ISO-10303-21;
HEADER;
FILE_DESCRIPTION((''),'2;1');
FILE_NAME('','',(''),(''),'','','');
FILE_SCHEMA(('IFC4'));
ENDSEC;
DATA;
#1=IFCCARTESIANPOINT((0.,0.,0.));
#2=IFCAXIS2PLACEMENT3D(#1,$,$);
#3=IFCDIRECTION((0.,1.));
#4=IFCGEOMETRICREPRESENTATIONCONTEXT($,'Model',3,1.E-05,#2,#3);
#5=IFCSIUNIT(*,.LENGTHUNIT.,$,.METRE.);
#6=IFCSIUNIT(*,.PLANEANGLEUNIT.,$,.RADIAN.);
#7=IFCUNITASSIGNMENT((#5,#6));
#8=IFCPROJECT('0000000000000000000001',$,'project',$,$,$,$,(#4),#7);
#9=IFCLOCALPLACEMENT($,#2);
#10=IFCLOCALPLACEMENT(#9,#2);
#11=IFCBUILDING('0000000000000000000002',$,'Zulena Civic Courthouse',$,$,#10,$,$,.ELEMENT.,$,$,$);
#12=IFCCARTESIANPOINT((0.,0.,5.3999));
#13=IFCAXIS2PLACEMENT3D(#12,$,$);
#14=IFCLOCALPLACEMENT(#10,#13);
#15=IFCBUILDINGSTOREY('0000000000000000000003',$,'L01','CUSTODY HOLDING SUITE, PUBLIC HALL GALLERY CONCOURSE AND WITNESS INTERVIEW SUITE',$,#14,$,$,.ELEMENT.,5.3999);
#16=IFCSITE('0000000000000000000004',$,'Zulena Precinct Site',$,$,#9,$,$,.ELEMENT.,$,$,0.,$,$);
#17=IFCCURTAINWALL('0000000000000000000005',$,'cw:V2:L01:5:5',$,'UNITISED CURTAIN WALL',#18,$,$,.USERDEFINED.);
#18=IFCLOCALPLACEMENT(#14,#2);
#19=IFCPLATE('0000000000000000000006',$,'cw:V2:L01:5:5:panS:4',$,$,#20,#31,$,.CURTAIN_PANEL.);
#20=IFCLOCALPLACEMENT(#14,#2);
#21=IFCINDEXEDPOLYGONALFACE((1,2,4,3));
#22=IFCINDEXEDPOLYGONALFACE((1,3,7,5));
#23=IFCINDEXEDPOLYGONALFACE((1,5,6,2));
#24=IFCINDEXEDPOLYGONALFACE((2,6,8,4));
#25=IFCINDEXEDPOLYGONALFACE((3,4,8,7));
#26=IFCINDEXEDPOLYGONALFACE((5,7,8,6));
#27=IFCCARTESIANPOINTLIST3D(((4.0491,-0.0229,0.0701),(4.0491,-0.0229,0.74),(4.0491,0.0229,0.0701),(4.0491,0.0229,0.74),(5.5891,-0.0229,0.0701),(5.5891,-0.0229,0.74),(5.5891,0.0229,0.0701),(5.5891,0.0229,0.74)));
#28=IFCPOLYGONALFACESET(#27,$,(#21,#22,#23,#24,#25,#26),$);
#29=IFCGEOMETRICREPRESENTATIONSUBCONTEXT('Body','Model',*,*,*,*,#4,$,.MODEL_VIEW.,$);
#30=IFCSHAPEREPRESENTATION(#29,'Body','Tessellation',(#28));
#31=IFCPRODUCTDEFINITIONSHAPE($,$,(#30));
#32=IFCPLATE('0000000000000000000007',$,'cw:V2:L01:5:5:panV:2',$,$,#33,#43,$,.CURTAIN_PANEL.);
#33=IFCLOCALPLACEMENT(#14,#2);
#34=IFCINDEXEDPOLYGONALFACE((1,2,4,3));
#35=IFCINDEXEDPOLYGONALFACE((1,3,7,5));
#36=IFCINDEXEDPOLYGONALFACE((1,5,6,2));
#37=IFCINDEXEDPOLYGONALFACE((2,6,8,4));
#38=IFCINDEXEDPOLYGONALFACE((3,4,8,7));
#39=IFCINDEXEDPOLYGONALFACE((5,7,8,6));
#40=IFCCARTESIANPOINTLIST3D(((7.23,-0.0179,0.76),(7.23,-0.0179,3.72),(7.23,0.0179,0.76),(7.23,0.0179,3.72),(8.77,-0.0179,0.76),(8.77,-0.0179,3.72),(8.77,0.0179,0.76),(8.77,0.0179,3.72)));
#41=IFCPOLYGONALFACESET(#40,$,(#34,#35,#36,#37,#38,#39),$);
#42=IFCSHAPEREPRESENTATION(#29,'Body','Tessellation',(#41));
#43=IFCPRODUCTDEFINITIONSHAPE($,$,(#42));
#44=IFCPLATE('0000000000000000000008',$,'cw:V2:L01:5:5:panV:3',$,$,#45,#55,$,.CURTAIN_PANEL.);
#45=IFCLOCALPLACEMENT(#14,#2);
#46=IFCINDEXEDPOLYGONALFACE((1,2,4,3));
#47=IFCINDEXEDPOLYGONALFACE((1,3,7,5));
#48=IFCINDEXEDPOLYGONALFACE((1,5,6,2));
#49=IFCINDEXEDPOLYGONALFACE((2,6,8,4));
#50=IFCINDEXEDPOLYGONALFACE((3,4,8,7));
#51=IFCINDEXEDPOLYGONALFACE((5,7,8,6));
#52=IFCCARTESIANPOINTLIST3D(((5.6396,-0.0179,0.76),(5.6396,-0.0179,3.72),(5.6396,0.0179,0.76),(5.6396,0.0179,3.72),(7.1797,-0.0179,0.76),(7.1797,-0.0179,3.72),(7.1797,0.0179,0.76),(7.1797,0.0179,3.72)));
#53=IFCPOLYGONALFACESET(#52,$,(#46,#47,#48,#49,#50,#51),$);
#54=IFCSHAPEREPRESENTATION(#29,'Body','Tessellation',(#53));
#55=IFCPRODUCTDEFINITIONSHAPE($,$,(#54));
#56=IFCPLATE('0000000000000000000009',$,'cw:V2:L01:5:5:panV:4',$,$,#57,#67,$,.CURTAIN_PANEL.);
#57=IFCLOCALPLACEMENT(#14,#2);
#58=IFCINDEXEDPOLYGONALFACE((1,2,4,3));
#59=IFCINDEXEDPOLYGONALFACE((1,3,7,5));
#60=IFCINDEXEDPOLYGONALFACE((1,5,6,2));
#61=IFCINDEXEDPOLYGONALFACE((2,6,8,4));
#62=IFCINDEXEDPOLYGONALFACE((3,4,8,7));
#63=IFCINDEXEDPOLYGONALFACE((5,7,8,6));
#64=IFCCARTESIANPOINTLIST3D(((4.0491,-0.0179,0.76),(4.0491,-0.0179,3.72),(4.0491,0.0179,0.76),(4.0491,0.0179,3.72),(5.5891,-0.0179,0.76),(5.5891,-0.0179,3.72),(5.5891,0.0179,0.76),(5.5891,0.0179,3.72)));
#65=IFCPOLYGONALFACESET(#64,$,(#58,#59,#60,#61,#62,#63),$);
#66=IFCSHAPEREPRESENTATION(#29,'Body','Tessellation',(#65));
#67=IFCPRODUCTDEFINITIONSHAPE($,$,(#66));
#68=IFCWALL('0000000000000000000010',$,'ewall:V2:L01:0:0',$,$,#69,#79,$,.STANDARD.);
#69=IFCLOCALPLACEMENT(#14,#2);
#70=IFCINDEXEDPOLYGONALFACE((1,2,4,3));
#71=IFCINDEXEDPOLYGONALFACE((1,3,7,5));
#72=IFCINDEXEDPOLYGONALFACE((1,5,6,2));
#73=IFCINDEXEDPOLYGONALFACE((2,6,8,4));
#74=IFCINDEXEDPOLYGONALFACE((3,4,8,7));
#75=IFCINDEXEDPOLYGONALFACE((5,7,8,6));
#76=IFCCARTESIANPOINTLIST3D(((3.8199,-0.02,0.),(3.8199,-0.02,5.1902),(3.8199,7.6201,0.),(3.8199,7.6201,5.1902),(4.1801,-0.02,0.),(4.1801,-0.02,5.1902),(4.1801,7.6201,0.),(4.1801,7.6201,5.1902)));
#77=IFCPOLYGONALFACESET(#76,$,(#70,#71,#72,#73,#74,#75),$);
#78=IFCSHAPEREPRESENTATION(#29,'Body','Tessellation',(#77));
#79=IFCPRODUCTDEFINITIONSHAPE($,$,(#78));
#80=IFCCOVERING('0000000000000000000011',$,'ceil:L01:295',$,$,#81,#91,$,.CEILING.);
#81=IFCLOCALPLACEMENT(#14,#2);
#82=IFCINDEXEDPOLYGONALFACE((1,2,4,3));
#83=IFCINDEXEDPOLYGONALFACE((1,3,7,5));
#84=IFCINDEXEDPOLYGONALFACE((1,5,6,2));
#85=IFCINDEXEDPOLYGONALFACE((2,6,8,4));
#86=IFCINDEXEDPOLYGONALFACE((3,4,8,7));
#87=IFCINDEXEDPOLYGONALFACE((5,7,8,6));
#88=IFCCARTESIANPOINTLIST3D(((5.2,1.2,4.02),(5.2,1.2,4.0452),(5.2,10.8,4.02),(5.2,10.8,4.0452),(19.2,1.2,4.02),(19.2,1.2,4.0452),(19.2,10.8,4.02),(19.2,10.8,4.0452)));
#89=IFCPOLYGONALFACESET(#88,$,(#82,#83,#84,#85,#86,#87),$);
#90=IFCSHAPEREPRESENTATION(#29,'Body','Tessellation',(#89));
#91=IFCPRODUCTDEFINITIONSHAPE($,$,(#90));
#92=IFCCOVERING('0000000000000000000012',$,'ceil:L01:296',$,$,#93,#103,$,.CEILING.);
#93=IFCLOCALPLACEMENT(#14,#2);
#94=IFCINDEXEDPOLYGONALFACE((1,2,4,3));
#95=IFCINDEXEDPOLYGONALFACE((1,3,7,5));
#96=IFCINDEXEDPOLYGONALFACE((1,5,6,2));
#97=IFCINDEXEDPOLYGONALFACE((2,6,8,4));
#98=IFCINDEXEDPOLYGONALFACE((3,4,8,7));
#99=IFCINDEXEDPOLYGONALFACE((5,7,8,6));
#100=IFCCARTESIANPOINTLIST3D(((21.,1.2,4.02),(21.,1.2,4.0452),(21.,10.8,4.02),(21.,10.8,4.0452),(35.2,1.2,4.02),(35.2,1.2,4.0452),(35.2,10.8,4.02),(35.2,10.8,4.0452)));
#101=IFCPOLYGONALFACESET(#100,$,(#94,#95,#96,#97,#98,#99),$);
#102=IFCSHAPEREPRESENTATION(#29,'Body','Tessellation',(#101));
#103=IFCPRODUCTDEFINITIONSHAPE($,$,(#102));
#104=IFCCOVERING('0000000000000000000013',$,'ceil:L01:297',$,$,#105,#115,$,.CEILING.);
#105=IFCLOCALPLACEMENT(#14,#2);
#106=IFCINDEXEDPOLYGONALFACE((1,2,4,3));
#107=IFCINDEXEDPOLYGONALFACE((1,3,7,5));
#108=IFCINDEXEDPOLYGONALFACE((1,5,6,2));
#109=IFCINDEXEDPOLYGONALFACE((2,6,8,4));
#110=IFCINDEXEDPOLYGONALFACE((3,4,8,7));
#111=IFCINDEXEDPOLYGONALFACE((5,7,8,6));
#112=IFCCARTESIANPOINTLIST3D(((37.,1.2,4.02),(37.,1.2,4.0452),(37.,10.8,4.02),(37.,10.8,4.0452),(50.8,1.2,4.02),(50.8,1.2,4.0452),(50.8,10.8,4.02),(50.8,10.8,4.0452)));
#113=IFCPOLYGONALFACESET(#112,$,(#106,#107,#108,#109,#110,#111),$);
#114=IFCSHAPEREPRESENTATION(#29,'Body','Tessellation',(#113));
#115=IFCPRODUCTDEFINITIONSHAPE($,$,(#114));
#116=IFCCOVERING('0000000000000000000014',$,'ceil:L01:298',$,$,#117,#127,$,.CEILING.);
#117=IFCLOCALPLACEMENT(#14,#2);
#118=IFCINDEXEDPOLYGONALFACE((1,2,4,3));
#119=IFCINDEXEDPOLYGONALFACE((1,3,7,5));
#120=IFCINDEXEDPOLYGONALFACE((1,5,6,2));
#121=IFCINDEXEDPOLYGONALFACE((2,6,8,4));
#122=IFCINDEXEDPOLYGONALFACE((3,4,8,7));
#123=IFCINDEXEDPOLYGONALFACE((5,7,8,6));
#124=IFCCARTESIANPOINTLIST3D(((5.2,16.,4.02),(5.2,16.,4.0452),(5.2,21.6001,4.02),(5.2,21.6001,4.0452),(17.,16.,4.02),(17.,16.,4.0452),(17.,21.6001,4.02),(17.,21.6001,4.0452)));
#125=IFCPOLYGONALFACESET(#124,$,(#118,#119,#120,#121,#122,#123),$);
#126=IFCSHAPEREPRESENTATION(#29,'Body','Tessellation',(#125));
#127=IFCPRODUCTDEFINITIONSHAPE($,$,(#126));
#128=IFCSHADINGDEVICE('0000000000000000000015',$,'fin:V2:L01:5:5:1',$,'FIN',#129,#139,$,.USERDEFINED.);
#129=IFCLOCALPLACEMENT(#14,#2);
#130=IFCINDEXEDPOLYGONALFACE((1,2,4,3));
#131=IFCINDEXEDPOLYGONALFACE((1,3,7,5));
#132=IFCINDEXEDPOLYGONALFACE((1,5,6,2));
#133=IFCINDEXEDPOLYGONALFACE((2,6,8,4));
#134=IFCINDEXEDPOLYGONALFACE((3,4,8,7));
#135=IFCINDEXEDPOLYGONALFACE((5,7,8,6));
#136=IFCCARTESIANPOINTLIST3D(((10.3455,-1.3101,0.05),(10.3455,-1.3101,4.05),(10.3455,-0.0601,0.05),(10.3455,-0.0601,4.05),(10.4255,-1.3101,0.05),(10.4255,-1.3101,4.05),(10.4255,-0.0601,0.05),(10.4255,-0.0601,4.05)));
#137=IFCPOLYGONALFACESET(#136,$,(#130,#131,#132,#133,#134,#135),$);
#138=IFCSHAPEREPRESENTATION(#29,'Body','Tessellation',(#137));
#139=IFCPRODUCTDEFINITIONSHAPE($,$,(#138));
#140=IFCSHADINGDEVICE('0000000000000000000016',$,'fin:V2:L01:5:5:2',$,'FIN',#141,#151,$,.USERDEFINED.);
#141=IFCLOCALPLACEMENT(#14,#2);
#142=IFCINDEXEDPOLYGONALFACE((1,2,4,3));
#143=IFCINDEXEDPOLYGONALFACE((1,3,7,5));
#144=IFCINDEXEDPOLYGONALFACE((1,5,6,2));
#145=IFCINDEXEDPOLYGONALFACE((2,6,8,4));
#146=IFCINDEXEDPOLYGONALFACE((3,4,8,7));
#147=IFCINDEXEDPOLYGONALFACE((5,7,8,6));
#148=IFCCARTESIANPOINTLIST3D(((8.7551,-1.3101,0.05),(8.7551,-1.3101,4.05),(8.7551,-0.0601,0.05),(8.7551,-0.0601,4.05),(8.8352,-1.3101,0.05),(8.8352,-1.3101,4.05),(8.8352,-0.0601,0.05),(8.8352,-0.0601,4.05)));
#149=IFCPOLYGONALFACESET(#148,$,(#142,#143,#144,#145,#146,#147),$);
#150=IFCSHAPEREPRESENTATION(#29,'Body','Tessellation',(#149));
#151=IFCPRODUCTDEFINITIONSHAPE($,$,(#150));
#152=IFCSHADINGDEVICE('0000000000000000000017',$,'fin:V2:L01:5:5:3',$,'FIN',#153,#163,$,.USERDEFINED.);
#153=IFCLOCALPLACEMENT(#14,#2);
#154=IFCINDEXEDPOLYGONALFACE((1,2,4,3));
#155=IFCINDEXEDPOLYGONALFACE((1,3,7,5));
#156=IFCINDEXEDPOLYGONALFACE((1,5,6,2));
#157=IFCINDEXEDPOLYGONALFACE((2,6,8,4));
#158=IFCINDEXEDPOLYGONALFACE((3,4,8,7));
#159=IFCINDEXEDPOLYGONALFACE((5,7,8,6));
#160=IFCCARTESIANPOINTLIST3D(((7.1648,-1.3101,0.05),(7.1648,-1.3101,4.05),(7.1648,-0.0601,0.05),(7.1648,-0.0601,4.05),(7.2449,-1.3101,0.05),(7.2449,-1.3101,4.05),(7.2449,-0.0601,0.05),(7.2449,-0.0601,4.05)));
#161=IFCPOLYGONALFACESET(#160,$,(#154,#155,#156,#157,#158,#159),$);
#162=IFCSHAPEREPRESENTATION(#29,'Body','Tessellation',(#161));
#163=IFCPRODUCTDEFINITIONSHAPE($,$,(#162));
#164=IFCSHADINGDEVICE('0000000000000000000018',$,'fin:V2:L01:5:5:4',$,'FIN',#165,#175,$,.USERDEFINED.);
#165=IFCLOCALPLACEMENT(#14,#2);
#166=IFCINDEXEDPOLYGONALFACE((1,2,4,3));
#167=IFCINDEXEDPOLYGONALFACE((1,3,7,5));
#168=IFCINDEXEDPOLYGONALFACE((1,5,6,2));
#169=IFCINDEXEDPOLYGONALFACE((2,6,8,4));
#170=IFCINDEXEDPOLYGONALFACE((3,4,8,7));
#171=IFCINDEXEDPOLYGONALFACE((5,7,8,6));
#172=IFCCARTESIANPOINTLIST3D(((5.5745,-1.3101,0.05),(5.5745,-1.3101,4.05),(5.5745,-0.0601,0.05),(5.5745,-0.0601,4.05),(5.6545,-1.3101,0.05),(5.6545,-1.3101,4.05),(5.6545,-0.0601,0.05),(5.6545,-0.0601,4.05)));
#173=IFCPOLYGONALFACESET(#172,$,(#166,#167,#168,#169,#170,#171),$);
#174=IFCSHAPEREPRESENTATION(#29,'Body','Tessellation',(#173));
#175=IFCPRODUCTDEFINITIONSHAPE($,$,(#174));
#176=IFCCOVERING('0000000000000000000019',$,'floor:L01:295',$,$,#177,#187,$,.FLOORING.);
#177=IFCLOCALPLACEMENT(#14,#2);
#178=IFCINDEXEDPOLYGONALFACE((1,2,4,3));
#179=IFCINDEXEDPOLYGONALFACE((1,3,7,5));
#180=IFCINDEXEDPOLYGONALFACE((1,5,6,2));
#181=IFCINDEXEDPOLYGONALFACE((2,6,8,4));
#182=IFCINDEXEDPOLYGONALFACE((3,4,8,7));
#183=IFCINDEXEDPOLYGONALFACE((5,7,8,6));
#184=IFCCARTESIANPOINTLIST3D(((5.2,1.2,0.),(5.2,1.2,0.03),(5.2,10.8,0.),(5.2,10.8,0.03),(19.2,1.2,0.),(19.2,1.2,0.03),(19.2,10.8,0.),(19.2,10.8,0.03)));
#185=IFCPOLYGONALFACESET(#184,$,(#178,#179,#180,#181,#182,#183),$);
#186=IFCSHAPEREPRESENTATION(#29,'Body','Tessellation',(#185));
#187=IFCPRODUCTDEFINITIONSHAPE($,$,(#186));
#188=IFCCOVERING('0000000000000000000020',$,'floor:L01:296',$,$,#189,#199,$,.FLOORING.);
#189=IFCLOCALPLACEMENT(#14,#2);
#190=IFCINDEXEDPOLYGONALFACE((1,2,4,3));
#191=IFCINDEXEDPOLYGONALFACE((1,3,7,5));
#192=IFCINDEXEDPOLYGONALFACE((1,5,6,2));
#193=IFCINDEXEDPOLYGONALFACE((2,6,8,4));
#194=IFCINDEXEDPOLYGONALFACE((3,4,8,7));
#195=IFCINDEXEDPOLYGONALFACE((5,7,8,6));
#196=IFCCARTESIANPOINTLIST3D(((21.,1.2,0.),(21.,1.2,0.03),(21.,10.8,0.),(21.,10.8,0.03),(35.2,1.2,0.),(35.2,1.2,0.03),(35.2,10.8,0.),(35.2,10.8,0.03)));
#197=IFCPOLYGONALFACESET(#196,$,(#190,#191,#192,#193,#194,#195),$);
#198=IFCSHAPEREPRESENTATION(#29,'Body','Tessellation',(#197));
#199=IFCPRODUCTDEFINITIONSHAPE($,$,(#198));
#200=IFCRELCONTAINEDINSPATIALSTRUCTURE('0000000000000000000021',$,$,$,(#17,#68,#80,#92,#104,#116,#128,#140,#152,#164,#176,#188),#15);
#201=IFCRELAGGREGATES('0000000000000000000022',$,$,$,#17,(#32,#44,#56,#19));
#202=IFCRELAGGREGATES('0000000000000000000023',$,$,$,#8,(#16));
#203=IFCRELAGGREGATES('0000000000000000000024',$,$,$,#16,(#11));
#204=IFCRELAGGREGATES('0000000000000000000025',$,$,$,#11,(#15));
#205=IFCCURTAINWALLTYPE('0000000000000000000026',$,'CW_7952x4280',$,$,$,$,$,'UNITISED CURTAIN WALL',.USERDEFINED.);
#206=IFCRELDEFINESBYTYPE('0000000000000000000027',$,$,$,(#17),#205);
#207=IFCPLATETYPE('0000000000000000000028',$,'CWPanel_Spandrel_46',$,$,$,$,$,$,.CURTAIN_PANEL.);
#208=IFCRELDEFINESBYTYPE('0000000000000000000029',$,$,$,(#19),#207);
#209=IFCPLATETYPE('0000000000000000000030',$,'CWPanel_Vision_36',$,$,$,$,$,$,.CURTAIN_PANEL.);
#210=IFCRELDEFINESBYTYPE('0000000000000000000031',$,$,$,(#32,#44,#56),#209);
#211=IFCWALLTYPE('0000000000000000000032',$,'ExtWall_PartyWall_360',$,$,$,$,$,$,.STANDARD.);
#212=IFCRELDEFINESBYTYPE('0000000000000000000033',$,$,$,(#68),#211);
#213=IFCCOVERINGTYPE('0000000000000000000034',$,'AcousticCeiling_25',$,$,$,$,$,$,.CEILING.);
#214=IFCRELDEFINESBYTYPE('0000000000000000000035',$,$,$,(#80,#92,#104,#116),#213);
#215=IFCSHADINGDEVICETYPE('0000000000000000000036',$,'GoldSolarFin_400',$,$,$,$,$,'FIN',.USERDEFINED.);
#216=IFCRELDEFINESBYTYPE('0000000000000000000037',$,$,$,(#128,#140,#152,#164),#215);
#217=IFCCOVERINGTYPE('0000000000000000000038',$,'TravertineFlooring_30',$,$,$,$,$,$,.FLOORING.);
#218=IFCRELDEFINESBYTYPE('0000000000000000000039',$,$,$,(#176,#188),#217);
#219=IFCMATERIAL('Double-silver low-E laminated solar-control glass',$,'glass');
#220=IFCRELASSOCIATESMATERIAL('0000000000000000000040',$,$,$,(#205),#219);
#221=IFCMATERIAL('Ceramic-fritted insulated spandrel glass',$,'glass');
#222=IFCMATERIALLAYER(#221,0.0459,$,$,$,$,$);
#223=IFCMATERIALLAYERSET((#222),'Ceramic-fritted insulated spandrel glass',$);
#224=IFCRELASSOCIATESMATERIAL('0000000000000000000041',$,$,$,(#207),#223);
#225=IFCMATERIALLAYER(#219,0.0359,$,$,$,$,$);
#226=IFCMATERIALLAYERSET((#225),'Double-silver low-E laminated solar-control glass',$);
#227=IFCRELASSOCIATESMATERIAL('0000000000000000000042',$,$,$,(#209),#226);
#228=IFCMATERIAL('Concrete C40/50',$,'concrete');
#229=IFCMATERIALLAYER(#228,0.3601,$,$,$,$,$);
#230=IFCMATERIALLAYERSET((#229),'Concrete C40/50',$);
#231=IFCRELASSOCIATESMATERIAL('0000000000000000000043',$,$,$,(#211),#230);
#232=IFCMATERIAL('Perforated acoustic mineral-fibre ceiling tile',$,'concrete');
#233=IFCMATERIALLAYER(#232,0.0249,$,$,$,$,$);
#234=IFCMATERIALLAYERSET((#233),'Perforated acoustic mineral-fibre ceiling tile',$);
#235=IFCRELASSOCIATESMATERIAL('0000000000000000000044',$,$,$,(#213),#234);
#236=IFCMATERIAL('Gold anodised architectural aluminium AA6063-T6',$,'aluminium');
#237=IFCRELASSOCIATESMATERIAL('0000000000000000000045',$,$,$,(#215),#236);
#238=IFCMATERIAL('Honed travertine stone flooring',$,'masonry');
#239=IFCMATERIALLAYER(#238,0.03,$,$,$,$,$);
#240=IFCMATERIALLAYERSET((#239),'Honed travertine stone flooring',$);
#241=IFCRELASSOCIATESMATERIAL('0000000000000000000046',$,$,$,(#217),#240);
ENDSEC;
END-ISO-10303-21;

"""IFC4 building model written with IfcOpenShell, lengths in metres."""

from ifc_helpers import new_model, si_unit, direction, frame, frame_2d, origin, origin_2d, place, context, subcontext, project, spatial, polyline, rectangle, outline, extrude, material, layer, layer_set, type_object, element, aggregate, save


model = new_model("IFC4")

# Units and contexts
model_context = context("Model", 3, precision=1e-05, world=origin(), true_north=direction((0.0, 1.0)))
body_context = subcontext(model_context, "Body", "Model", "MODEL_VIEW")
ifc_project = project(units=[si_unit("LENGTHUNIT", "METRE"), si_unit("PLANEANGLEUNIT", "RADIAN")], contexts=[model_context])

# Site, building, storey
site_placement = place(None, origin())
site = spatial("IfcSite", under=ifc_project, at=site_placement, Name="Zulena Precinct Site", CompositionType="ELEMENT", RefElevation=0.0)
building_placement = place(site_placement, origin())
building = spatial("IfcBuilding", under=site, at=building_placement, Name="Zulena Civic Courthouse", CompositionType="ELEMENT")
storey_placement = place(building_placement, frame((0.0, 0.0, 5.3999)))
storey = spatial("IfcBuildingStorey", under=building, at=storey_placement, Name="L01", Description="CUSTODY HOLDING SUITE, PUBLIC HALL GALLERY CONCOURSE AND WITNESS INTERVIEW SUITE", CompositionType="ELEMENT", Elevation=5.3999)

# Curtain wall
ifc_material_1 = material(Name="Double-silver low-E laminated solar-control glass", Category="glass")
curtain_wall_type = type_object("IfcCurtainWallType", Name="CW_7952x4280", ElementType="UNITISED CURTAIN WALL", PredefinedType="USERDEFINED", material=ifc_material_1)
curtain_wall_placement = place(storey_placement, origin())
curtain_wall = element("IfcCurtainWall", 1, at=curtain_wall_placement, inside=storey, type_object=curtain_wall_type, Name="cw:V2:L01:5:5", ObjectType="UNITISED CURTAIN WALL", PredefinedType="USERDEFINED")

# Plates
ifc_material_2 = material(Name="Ceramic-fritted insulated spandrel glass", Category="glass")
ifc_layer_1 = layer(ifc_material_2, 0.0459)
ifc_layer_set_1 = layer_set([ifc_layer_1], Name="Ceramic-fritted insulated spandrel glass")
plate_type_1 = type_object("IfcPlateType", Name="CWPanel_Spandrel_46", PredefinedType="CURTAIN_PANEL", material=ifc_layer_set_1)
plate_1_placement = place(storey_placement, frame((4.8191, 0.0, 0.0701), z_axis=(0.0, 0.0, 1.0), x_axis=(-1.0, 0.0, 0.0)))
plate_1 = element("IfcPlate", 2, at=plate_1_placement, type_object=plate_type_1, Name="cw:V2:L01:5:5:panS:4", PredefinedType="CURTAIN_PANEL", context=body_context, shape_type="SweptSolid", body=[
    extrude(rectangle(XDim=1.54, YDim=0.0459, at=origin_2d()), origin(), (0.0, 0.0, 1.0), 0.6699),
])
ifc_layer_2 = layer(ifc_material_1, 0.0359)
ifc_layer_set_2 = layer_set([ifc_layer_2], Name="Double-silver low-E laminated solar-control glass")
plate_type_2 = type_object("IfcPlateType", Name="CWPanel_Vision_36", PredefinedType="CURTAIN_PANEL", material=ifc_layer_set_2)
plate_2_placement = place(storey_placement, frame((8.0, 0.0, 0.76), z_axis=(0.0, 0.0, 1.0), x_axis=(-1.0, 0.0, 0.0)))
plate_2 = element("IfcPlate", 3, at=plate_2_placement, type_object=plate_type_2, Name="cw:V2:L01:5:5:panV:2", PredefinedType="CURTAIN_PANEL", context=body_context, shape_type="SweptSolid", body=[
    extrude(rectangle(XDim=1.54, YDim=0.0359, at=origin_2d()), origin(), (0.0, 0.0, 1.0), 2.96),
])
plate_3_placement = place(storey_placement, frame((6.4097, 0.0, 0.76), z_axis=(0.0, 0.0, 1.0), x_axis=(-1.0, 0.0, 0.0)))
plate_3 = element("IfcPlate", 4, at=plate_3_placement, type_object=plate_type_2, Name="cw:V2:L01:5:5:panV:3", PredefinedType="CURTAIN_PANEL", context=body_context, shape_type="SweptSolid", body=[
    extrude(rectangle(XDim=1.54, YDim=0.0359, at=origin_2d()), origin(), (0.0, 0.0, 1.0), 2.96),
])
plate_4_placement = place(storey_placement, frame((4.8191, 0.0, 0.76), z_axis=(0.0, 0.0, 1.0), x_axis=(-1.0, 0.0, 0.0)))
plate_4 = element("IfcPlate", 5, at=plate_4_placement, type_object=plate_type_2, Name="cw:V2:L01:5:5:panV:4", PredefinedType="CURTAIN_PANEL", context=body_context, shape_type="SweptSolid", body=[
    extrude(rectangle(XDim=1.54, YDim=0.0359, at=origin_2d()), origin(), (0.0, 0.0, 1.0), 2.96),
])
aggregate(curtain_wall, [plate_2, plate_3, plate_4, plate_1])

# Wall
ifc_material_3 = material(Name="Concrete C40/50", Category="concrete")
ifc_layer_3 = layer(ifc_material_3, 0.3601)
ifc_layer_set_3 = layer_set([ifc_layer_3], Name="Concrete C40/50")
wall_type = type_object("IfcWallType", Name="ExtWall_PartyWall_360", PredefinedType="STANDARD", material=ifc_layer_set_3)
wall_placement = place(storey_placement, frame((4.0, -0.02, 0.0), z_axis=(0.0, 0.0, 1.0), x_axis=(0.0, 1.0, 0.0)))
element("IfcWall", 6, at=wall_placement, inside=storey, type_object=wall_type, Name="ewall:V2:L01:0:0", PredefinedType="STANDARD", context=body_context, shape_type="SweptSolid", body=[
    extrude(rectangle(XDim=7.6401, YDim=0.3601, at=frame_2d((3.8201, 0.0))), origin(), (0.0, 0.0, 1.0), 5.1902),
])

# Coverings
ifc_material_4 = material(Name="Perforated acoustic mineral-fibre ceiling tile", Category="concrete")
ifc_layer_4 = layer(ifc_material_4, 0.0249)
ifc_layer_set_4 = layer_set([ifc_layer_4], Name="Perforated acoustic mineral-fibre ceiling tile")
covering_type_1 = type_object("IfcCoveringType", Name="AcousticCeiling_25", PredefinedType="CEILING", material=ifc_layer_set_4)
covering_1_placement = place(storey_placement, frame((0.0, 0.0, 4.02)))
element("IfcCovering", 7, at=covering_1_placement, inside=storey, type_object=covering_type_1, Name="ceil:L01:295", PredefinedType="CEILING", context=body_context, shape_type="SweptSolid", body=[
    extrude(outline(polyline([(5.2, 1.2), (19.2, 1.2), (19.2, 10.8), (5.2, 10.8), (5.2, 1.2)])), origin(), (0.0, 0.0, 1.0), 0.0251),
])
covering_2_placement = place(storey_placement, frame((0.0, 0.0, 4.02)))
element("IfcCovering", 8, at=covering_2_placement, inside=storey, type_object=covering_type_1, Name="ceil:L01:296", PredefinedType="CEILING", context=body_context, shape_type="SweptSolid", body=[
    extrude(outline(polyline([(21.0, 1.2), (35.2, 1.2), (35.2, 10.8), (21.0, 10.8), (21.0, 1.2)])), origin(), (0.0, 0.0, 1.0), 0.0251),
])
covering_3_placement = place(storey_placement, frame((0.0, 0.0, 4.02)))
element("IfcCovering", 9, at=covering_3_placement, inside=storey, type_object=covering_type_1, Name="ceil:L01:297", PredefinedType="CEILING", context=body_context, shape_type="SweptSolid", body=[
    extrude(outline(polyline([(37.0, 1.2), (50.8, 1.2), (50.8, 10.8), (37.0, 10.8), (37.0, 1.2)])), origin(), (0.0, 0.0, 1.0), 0.0251),
])
covering_4_placement = place(storey_placement, frame((0.0, 0.0, 4.02)))
element("IfcCovering", 10, at=covering_4_placement, inside=storey, type_object=covering_type_1, Name="ceil:L01:298", PredefinedType="CEILING", context=body_context, shape_type="SweptSolid", body=[
    extrude(outline(polyline([(5.2, 16.0), (17.0, 16.0), (17.0, 21.6001), (5.2, 21.6001), (5.2, 16.0)])), origin(), (0.0, 0.0, 1.0), 0.0251),
])

# Shading devices
ifc_material_5 = material(Name="Gold anodised architectural aluminium AA6063-T6", Category="aluminium")
shading_device_type = type_object("IfcShadingDeviceType", Name="GoldSolarFin_400", ElementType="FIN", PredefinedType="USERDEFINED", material=ifc_material_5)
for number, where, z_axis, x_axis, name in (
    (11, (10.3855, -0.6851, 0.05), (0.0, 0.0, 1.0), (0.0, -1.0, 0.0), "fin:V2:L01:5:5:1"),
    (12, (8.7952, -0.6851, 0.05), (0.0, 0.0, 1.0), (0.0, -1.0, 0.0), "fin:V2:L01:5:5:2"),
    (13, (7.2048, -0.6851, 0.05), (0.0, 0.0, 1.0), (0.0, -1.0, 0.0), "fin:V2:L01:5:5:3"),
    (14, (5.6145, -0.6851, 0.05), (0.0, 0.0, 1.0), (0.0, -1.0, 0.0), "fin:V2:L01:5:5:4"),
):
    element("IfcShadingDevice", number, at=place(storey_placement, frame(where, z_axis=z_axis, x_axis=x_axis)), inside=storey, type_object=shading_device_type, Name=name, ObjectType="FIN", PredefinedType="USERDEFINED", context=body_context, shape_type="SweptSolid", body=[
        extrude(rectangle(XDim=1.25, YDim=0.0801, at=origin_2d()), origin(), (0.0, 0.0, 1.0), 4.0),
    ])

# Coverings
ifc_material_6 = material(Name="Honed travertine stone flooring", Category="masonry")
ifc_layer_5 = layer(ifc_material_6, 0.03)
ifc_layer_set_5 = layer_set([ifc_layer_5], Name="Honed travertine stone flooring")
covering_type_2 = type_object("IfcCoveringType", Name="TravertineFlooring_30", PredefinedType="FLOORING", material=ifc_layer_set_5)
covering_5_placement = place(storey_placement, origin())
element("IfcCovering", 15, at=covering_5_placement, inside=storey, type_object=covering_type_2, Name="floor:L01:295", PredefinedType="FLOORING", context=body_context, shape_type="SweptSolid", body=[
    extrude(outline(polyline([(5.2, 1.2), (19.2, 1.2), (19.2, 10.8), (5.2, 10.8), (5.2, 1.2)])), origin(), (0.0, 0.0, 1.0), 0.03),
])
covering_6_placement = place(storey_placement, origin())
element("IfcCovering", 16, at=covering_6_placement, inside=storey, type_object=covering_type_2, Name="floor:L01:296", PredefinedType="FLOORING", context=body_context, shape_type="SweptSolid", body=[
    extrude(outline(polyline([(21.0, 1.2), (35.2, 1.2), (35.2, 10.8), (21.0, 10.8), (21.0, 1.2)])), origin(), (0.0, 0.0, 1.0), 0.03),
])

save(model, "model.ifc")
